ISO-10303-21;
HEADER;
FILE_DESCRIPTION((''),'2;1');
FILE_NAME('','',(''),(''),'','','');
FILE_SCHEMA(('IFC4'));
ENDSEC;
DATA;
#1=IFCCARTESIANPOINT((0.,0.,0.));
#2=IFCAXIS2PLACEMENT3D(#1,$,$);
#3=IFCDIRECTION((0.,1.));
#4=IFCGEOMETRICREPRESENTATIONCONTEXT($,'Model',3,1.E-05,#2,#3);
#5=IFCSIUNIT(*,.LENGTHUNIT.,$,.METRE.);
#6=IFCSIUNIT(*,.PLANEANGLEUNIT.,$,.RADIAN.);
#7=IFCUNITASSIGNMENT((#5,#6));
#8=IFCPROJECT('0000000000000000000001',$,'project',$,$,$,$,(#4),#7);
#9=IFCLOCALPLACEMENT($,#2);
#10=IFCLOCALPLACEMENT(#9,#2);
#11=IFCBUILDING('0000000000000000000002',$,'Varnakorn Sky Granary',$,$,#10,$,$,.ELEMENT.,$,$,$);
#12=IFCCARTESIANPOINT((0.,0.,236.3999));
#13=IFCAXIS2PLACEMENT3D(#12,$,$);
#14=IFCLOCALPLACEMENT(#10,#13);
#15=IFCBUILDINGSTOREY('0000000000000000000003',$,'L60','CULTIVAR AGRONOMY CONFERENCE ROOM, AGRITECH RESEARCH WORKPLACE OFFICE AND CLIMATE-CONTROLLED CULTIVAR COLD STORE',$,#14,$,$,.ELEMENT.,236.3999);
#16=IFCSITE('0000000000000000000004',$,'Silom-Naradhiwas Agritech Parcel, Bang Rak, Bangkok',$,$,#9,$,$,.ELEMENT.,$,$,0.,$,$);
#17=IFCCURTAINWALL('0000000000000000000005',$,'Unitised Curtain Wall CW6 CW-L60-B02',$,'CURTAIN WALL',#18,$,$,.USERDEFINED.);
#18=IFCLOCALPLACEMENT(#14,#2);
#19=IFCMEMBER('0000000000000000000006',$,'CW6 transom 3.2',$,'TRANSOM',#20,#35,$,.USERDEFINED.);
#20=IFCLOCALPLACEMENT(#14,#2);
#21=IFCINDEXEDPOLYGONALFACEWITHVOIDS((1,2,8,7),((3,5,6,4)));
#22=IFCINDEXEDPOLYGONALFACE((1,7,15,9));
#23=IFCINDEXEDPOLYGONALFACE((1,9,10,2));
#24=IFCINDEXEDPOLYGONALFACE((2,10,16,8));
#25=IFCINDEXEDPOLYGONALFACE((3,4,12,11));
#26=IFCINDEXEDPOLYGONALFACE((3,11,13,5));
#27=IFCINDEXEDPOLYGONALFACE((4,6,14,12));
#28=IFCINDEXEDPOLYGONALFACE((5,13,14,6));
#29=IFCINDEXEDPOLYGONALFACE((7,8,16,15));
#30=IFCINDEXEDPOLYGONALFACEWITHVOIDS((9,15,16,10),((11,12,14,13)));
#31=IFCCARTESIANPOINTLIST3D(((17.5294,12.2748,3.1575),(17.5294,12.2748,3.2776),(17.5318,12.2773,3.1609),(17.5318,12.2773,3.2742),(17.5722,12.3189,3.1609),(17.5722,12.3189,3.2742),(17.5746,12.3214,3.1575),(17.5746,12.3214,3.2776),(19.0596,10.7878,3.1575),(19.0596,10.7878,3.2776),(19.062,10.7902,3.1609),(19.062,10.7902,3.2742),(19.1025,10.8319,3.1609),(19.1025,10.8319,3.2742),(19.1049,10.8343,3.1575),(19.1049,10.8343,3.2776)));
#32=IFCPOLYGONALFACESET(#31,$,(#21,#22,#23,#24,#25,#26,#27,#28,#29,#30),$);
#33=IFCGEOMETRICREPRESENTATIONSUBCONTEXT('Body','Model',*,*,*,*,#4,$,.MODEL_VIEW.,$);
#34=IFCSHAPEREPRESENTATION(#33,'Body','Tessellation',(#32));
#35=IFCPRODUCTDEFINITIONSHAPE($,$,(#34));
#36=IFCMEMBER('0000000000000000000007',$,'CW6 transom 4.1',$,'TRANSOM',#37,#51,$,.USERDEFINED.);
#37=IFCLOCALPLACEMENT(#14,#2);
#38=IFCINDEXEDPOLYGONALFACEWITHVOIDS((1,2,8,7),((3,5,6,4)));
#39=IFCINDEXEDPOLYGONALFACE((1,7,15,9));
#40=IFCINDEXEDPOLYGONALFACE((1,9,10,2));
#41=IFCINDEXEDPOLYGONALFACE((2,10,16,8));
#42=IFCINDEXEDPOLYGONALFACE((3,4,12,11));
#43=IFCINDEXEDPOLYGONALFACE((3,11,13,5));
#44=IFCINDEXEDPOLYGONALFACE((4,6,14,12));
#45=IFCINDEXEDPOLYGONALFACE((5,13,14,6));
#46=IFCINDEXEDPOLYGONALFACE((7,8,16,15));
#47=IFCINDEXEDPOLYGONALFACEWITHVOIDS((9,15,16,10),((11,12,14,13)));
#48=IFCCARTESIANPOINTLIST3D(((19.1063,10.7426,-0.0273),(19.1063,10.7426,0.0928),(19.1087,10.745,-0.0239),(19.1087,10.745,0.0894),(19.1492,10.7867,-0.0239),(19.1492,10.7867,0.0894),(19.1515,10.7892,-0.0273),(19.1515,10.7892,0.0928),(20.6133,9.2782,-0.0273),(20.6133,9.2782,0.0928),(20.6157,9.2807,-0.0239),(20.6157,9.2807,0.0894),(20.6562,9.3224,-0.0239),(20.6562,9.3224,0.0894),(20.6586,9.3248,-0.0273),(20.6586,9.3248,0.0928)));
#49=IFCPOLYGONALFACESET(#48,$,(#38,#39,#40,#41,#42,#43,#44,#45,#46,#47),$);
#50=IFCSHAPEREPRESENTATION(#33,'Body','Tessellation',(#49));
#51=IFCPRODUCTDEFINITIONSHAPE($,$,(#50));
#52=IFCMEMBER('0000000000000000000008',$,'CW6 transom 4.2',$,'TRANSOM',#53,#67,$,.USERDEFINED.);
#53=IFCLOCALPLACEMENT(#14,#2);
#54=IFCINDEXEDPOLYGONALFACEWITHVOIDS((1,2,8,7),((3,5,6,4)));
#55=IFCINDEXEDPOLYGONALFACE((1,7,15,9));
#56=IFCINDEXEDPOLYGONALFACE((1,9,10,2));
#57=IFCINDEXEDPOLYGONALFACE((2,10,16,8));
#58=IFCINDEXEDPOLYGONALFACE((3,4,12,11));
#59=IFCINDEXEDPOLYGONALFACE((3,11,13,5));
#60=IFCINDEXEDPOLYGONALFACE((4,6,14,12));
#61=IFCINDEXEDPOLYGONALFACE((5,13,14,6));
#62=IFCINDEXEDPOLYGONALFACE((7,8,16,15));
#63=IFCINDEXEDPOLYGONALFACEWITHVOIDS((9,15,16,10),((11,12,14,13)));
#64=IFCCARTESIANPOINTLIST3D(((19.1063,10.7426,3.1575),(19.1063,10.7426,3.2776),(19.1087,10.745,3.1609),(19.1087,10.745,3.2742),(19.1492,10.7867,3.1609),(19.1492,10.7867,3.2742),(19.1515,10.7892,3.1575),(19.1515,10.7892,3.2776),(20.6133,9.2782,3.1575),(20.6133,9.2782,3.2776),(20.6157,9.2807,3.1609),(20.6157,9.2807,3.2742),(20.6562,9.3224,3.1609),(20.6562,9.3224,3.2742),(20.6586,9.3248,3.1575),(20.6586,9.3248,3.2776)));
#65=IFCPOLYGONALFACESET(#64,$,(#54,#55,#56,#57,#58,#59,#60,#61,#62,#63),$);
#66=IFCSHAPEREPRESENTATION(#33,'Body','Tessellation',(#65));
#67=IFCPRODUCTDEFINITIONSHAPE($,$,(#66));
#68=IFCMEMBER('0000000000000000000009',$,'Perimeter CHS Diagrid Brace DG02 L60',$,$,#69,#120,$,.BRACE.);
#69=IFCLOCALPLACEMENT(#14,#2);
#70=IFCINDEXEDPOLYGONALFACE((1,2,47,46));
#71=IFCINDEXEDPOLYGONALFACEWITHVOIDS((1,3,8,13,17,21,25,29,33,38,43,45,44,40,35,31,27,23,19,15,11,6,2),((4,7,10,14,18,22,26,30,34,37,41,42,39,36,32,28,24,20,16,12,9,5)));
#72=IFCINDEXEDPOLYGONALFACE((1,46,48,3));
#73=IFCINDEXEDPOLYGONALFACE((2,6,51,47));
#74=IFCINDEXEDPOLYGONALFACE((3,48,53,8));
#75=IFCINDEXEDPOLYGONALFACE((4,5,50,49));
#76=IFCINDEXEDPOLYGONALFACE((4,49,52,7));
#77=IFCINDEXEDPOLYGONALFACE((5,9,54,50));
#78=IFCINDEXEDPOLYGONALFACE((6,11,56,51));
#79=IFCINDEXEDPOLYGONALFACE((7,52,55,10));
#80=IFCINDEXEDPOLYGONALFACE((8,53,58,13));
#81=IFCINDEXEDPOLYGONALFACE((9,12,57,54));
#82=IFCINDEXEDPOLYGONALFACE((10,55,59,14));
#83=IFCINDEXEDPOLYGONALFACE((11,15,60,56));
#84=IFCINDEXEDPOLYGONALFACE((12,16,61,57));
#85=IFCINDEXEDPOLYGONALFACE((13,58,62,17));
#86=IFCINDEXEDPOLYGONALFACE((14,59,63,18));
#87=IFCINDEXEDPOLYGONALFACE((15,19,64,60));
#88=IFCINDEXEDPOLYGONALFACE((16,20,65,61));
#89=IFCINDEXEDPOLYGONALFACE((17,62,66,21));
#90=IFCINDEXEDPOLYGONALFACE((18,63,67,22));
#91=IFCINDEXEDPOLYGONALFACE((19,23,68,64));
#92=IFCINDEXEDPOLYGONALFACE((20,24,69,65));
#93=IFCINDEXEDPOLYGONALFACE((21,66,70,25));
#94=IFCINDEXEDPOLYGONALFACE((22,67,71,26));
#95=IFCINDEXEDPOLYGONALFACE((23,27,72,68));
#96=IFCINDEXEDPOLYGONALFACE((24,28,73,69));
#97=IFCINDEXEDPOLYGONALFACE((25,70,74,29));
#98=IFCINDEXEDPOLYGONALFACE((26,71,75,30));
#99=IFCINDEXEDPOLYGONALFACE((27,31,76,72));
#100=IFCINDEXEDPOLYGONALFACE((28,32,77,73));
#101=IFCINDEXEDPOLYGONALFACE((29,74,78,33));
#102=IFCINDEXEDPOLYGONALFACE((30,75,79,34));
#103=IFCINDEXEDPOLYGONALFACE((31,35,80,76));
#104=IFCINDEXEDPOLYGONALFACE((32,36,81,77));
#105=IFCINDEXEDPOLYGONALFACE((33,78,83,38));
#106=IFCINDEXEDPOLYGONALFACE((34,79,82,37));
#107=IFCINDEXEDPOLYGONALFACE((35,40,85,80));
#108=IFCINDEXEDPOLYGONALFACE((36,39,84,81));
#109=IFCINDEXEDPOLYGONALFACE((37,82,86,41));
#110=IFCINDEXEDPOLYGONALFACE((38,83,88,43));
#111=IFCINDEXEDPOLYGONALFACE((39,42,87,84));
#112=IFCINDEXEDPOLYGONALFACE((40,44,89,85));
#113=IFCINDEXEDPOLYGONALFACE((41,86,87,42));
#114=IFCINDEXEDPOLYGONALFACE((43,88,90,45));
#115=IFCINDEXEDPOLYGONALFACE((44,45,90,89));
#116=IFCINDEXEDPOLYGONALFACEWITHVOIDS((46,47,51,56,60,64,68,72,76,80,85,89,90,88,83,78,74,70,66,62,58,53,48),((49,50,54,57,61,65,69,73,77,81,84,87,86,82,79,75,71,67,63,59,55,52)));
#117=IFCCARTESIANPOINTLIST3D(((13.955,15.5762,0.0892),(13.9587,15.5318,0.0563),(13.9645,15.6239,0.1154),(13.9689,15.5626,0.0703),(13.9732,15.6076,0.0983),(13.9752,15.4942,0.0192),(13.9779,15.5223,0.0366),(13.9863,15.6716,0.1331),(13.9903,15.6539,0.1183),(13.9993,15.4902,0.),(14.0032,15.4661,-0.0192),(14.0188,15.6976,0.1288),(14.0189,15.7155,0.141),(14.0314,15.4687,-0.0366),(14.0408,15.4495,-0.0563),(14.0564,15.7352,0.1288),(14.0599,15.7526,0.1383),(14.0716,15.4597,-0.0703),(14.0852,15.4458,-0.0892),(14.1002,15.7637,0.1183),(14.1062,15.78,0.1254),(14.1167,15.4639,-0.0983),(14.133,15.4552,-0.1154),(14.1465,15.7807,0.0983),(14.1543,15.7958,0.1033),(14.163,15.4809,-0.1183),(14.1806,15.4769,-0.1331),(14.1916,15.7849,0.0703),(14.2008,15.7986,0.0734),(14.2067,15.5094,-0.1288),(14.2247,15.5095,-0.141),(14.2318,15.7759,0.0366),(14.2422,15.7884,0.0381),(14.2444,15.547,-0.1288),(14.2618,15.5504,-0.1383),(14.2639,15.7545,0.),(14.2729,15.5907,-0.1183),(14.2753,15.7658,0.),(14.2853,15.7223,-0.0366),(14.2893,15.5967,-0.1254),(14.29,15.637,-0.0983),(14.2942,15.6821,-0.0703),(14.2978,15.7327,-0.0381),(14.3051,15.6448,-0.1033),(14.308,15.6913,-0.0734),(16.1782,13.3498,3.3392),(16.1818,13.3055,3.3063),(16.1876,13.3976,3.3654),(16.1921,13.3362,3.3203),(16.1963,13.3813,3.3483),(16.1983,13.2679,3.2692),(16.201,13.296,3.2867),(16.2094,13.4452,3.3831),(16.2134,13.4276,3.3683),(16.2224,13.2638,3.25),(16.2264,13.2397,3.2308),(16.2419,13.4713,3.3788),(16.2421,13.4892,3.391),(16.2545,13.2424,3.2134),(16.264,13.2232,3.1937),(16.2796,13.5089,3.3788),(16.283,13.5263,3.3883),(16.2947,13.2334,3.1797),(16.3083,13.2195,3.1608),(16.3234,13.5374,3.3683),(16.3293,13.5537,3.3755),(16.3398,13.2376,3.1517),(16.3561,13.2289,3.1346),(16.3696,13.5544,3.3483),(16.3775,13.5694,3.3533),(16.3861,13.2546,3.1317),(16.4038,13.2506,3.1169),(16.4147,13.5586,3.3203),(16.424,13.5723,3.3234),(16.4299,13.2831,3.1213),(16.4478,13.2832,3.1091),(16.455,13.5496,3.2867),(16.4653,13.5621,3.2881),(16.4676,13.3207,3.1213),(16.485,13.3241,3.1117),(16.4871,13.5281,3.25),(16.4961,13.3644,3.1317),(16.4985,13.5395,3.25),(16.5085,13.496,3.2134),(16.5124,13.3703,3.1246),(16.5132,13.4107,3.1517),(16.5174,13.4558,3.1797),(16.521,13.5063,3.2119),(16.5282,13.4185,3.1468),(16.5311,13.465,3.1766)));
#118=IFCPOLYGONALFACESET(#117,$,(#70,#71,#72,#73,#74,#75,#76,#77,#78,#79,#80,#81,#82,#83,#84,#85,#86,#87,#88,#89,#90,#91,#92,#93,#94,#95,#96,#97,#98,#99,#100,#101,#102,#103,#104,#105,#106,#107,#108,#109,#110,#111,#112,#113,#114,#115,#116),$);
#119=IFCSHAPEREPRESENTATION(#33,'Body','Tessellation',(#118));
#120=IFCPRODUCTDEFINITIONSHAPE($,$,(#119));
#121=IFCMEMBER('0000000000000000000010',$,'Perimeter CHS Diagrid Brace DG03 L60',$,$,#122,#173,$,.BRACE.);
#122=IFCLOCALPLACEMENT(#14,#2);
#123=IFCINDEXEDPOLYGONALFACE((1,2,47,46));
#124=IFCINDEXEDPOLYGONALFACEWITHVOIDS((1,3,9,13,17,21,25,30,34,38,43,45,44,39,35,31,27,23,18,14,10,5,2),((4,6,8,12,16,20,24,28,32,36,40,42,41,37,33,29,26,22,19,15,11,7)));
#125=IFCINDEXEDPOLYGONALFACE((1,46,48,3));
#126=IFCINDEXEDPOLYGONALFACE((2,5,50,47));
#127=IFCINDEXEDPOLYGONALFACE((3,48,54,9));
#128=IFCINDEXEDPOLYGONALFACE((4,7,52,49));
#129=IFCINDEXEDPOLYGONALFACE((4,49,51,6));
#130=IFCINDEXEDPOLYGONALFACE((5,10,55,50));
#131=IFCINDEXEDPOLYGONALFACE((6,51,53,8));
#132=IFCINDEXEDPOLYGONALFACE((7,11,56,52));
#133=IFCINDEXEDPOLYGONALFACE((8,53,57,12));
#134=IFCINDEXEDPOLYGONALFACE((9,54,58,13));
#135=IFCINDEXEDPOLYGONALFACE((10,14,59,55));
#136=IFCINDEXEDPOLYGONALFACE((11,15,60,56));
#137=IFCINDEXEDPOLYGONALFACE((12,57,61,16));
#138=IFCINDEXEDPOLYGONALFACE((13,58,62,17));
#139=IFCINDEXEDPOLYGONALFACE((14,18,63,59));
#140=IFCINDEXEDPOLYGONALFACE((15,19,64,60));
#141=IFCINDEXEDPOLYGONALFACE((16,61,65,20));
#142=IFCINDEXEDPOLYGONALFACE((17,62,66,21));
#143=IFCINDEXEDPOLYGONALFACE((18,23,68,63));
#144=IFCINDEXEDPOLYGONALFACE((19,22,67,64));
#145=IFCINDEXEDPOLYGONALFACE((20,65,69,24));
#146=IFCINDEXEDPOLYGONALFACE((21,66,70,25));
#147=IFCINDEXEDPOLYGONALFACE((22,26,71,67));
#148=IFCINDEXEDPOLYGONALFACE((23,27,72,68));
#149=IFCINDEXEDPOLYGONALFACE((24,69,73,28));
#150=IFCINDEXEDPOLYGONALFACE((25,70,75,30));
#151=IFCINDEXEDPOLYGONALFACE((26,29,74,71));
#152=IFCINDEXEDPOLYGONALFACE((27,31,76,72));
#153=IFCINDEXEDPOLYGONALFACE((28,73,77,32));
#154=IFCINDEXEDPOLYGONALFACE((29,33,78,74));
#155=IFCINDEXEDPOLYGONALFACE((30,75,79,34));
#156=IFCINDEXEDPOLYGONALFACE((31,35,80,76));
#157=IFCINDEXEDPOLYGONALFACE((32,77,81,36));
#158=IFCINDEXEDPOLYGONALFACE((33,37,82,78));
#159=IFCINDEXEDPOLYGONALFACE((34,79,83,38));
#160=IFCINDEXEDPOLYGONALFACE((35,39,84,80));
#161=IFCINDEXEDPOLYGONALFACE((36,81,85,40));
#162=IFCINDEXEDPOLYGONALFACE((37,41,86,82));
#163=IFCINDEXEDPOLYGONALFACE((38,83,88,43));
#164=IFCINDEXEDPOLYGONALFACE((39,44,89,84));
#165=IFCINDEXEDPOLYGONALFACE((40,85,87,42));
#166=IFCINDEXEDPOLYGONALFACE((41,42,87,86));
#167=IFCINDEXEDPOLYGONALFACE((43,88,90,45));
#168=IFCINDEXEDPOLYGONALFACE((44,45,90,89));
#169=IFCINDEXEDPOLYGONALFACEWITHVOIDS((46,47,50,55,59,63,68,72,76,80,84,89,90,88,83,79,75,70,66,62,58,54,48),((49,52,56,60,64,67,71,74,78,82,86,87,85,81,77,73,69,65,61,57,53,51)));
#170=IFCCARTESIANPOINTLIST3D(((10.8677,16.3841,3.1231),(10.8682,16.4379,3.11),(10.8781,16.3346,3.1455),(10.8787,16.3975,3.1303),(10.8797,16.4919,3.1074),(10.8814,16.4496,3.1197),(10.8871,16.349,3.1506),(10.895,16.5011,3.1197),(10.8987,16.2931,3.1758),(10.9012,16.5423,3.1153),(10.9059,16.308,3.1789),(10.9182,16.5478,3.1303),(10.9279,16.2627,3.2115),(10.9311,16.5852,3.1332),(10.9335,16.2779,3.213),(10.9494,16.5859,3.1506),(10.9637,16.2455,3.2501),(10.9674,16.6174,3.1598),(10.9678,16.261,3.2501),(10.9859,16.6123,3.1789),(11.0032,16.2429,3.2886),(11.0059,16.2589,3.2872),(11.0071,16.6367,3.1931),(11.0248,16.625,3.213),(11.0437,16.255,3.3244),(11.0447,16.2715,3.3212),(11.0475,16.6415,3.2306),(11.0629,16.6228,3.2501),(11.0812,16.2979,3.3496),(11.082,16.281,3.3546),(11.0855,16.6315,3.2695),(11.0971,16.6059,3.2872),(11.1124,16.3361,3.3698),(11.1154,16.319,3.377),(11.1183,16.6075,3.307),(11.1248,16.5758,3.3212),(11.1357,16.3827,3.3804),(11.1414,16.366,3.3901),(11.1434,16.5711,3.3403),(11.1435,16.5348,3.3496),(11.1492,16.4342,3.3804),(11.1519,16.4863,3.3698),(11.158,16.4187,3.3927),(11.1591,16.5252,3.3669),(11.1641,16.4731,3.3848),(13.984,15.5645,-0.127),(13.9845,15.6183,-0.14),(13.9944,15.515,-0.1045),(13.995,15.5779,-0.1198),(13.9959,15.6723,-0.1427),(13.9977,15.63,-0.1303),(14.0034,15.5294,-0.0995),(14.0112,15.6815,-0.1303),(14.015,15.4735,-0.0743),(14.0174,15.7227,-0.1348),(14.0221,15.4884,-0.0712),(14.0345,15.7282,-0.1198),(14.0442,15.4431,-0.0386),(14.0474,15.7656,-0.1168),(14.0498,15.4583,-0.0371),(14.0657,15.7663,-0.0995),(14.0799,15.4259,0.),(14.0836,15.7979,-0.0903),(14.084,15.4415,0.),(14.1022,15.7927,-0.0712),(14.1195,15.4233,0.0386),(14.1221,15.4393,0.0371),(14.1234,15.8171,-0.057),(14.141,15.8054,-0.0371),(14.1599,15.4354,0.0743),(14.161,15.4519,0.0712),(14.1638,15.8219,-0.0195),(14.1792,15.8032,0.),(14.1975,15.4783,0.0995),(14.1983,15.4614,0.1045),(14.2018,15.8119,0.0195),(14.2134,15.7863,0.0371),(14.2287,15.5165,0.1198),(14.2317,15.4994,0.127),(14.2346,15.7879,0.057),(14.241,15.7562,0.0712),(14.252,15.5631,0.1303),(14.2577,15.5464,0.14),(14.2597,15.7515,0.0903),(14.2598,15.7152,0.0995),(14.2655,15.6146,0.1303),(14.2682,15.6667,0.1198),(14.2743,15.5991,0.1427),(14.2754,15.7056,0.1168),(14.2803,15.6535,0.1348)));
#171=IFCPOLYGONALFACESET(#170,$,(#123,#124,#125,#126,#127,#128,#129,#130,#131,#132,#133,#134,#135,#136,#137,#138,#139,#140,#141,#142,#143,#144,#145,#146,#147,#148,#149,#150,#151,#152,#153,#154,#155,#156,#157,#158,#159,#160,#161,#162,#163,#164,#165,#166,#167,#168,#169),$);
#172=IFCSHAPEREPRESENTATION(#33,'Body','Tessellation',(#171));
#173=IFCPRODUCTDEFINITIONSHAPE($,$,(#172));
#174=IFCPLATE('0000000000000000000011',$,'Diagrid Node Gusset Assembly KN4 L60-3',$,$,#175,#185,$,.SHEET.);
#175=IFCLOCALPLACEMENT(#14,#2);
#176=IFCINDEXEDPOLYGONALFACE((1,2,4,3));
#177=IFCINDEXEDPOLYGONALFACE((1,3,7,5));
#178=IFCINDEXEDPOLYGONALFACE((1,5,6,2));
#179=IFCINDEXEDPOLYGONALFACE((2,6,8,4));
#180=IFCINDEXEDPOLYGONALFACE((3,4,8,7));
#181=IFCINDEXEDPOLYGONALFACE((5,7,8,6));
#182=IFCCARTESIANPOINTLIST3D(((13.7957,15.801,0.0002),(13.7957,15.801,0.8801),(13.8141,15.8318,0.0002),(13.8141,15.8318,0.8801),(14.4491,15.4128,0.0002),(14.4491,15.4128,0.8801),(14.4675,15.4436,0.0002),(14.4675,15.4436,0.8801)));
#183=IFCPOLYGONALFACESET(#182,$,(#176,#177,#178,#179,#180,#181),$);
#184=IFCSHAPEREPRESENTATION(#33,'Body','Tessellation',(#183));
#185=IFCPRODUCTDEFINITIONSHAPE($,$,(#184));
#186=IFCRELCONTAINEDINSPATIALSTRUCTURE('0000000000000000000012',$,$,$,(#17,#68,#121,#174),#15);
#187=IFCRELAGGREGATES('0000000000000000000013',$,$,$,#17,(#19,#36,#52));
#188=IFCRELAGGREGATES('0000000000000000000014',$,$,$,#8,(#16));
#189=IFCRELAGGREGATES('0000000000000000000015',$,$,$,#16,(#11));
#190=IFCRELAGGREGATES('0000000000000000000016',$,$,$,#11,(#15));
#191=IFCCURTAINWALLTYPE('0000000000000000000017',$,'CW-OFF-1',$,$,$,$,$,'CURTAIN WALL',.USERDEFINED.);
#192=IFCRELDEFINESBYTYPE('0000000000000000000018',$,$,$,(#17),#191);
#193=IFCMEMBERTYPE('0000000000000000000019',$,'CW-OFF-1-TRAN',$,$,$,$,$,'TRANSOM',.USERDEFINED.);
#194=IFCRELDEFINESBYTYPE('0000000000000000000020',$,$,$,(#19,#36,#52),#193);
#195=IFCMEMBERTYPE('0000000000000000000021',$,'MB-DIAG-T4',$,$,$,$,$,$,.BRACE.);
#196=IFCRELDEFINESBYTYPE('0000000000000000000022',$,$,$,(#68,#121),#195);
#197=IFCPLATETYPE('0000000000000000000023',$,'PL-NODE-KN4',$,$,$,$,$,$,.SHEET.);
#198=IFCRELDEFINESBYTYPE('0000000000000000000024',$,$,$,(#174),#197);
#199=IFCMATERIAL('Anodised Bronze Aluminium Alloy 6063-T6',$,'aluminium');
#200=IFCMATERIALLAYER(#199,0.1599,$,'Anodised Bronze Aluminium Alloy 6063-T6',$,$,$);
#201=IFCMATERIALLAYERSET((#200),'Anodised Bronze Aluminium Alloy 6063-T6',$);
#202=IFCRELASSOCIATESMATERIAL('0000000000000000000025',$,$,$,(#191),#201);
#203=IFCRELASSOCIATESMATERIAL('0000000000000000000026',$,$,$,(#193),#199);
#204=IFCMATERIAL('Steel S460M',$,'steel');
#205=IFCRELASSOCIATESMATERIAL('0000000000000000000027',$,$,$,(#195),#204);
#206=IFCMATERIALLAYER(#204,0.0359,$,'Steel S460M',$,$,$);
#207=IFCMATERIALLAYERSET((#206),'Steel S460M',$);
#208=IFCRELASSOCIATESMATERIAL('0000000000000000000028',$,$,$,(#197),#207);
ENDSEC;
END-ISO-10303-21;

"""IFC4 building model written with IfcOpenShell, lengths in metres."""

from ifc_helpers import new_model, si_unit, direction, frame, origin, origin_2d, place, context, subcontext, project, spatial, rectangle, hollow_rectangle, hollow_circle, extrude, material, layer, layer_set, material_profile, profile_set, type_object, element, aggregate, save


model = new_model("IFC4")

# Units and contexts
model_context = context("Model", 3, precision=1e-05, world=origin(), true_north=direction((0.0, 1.0)))
body_context = subcontext(model_context, "Body", "Model", "MODEL_VIEW")
ifc_project = project(units=[si_unit("LENGTHUNIT", "METRE"), si_unit("PLANEANGLEUNIT", "RADIAN")], contexts=[model_context])

# Site, building, storey
site_placement = place(None, origin())
site = spatial("IfcSite", under=ifc_project, at=site_placement, Name="Silom-Naradhiwas Agritech Parcel, Bang Rak, Bangkok", CompositionType="ELEMENT", RefElevation=0.0)
building_placement = place(site_placement, origin())
building = spatial("IfcBuilding", under=site, at=building_placement, Name="Varnakorn Sky Granary", CompositionType="ELEMENT")
storey_placement = place(building_placement, frame((0.0, 0.0, 236.3999)))
storey = spatial("IfcBuildingStorey", under=building, at=storey_placement, Name="L60", Description="CULTIVAR AGRONOMY CONFERENCE ROOM, AGRITECH RESEARCH WORKPLACE OFFICE AND CLIMATE-CONTROLLED CULTIVAR COLD STORE", CompositionType="ELEMENT", Elevation=236.3999)

# Curtain wall, members
ifc_material_1 = material(Name="Anodised Bronze Aluminium Alloy 6063-T6", Category="aluminium")
ifc_layer_1 = layer(ifc_material_1, 0.1599, Name="Anodised Bronze Aluminium Alloy 6063-T6")
ifc_layer_set_1 = layer_set([ifc_layer_1], Name="Anodised Bronze Aluminium Alloy 6063-T6")
curtain_wall_type = type_object("IfcCurtainWallType", Name="CW-OFF-1", ElementType="CURTAIN WALL", PredefinedType="USERDEFINED", material=ifc_layer_set_1)
curtain_wall_placement = place(storey_placement, origin())
curtain_wall = element("IfcCurtainWall", 1, at=curtain_wall_placement, inside=storey, type_object=curtain_wall_type, Name="Unitised Curtain Wall CW6 CW-L60-B02", ObjectType="CURTAIN WALL", PredefinedType="USERDEFINED")
ifc_material_profile_1 = material_profile(ifc_material_1, hollow_rectangle(XDim=0.0649, YDim=0.1201, WallThickness=0.0034, at=origin_2d()), Name="ALU TRAN 65x120")
ifc_profile_set_1 = profile_set([ifc_material_profile_1], Name="Anodised Bronze Aluminium Alloy 6063-T6")
member_type_1 = type_object("IfcMemberType", Name="CW-OFF-1-TRAN", ElementType="TRANSOM", PredefinedType="USERDEFINED", material=ifc_profile_set_1)
member_1_placement = place(storey_placement, frame((17.552, 12.2981, 3.2175), z_axis=(0.71716, -0.696908, 0.0), x_axis=(0.696908, 0.71716, 0.0)))
member_1 = element("IfcMember", 2, at=member_1_placement, type_object=member_type_1, Name="CW6 transom 3.2", ObjectType="TRANSOM", PredefinedType="USERDEFINED", context=body_context, shape_type="SweptSolid", body=[
    extrude(hollow_rectangle(XDim=0.0649, YDim=0.1201, WallThickness=0.0034, at=origin_2d()), origin(), (0.0, 0.0, 1.0), 2.1338),
])
member_2_placement = place(storey_placement, frame((19.1289, 10.7659, 0.0327), z_axis=(0.7172, -0.696868, 0.0), x_axis=(0.696868, 0.7172, 0.0)))
member_2 = element("IfcMember", 3, at=member_2_placement, type_object=member_type_1, Name="CW6 transom 4.1", ObjectType="TRANSOM", PredefinedType="USERDEFINED", context=body_context, shape_type="SweptSolid", body=[
    extrude(hollow_rectangle(XDim=0.0649, YDim=0.1201, WallThickness=0.0034, at=origin_2d()), origin(), (0.0, 0.0, 1.0), 2.1013),
])
member_3_placement = place(storey_placement, frame((19.1289, 10.7659, 3.2175), z_axis=(0.7172, -0.696868, 0.0), x_axis=(0.696868, 0.7172, 0.0)))
member_3 = element("IfcMember", 4, at=member_3_placement, type_object=member_type_1, Name="CW6 transom 4.2", ObjectType="TRANSOM", PredefinedType="USERDEFINED", context=body_context, shape_type="SweptSolid", body=[
    extrude(hollow_rectangle(XDim=0.0649, YDim=0.1201, WallThickness=0.0034, at=origin_2d()), origin(), (0.0, 0.0, 1.0), 2.1013),
])

# Members
ifc_material_2 = material(Name="Steel S460M", Category="steel")
ifc_material_profile_2 = material_profile(ifc_material_2, hollow_circle(Radius=0.2031, WallThickness=0.0161, at=origin_2d()), Name="CHS 406.4x16")
ifc_profile_set_2 = profile_set([ifc_material_profile_2], Name="Steel S460M")
member_type_2 = type_object("IfcMemberType", Name="MB-DIAG-T4", PredefinedType="BRACE", material=ifc_profile_set_2)
member_4_placement = place(storey_placement, frame((14.1316, 15.6223, 0.0), z_axis=(0.491474, -0.492175, 0.718482), x_axis=(0.707611, 0.706602, 0.0)))
element("IfcMember", 5, at=member_4_placement, inside=storey, type_object=member_type_2, Name="Perimeter CHS Diagrid Brace DG02 L60", PredefinedType="BRACE", context=body_context, shape_type="SweptSolid", body=[
    extrude(hollow_circle(Radius=0.2031, WallThickness=0.0161, at=origin_2d()), origin(), (0.0, 0.0, 1.0), 4.5234),
])
member_5_placement = place(storey_placement, frame((14.1316, 15.6223, 0.0), z_axis=(-0.680906, 0.179082, 0.710139), x_axis=(-0.254355, -0.967111, 0.0)))
element("IfcMember", 6, at=member_5_placement, inside=storey, type_object=member_type_2, Name="Perimeter CHS Diagrid Brace DG03 L60", PredefinedType="BRACE", context=body_context, shape_type="SweptSolid", body=[
    extrude(hollow_circle(Radius=0.2031, WallThickness=0.0161, at=origin_2d()), origin(), (0.0, 0.0, 1.0), 4.5767),
])

# Plate
ifc_layer_2 = layer(ifc_material_2, 0.0359, Name="Steel S460M")
ifc_layer_set_2 = layer_set([ifc_layer_2], Name="Steel S460M")
plate_type_1 = type_object("IfcPlateType", Name="PL-NODE-KN4", PredefinedType="SHEET", material=ifc_layer_set_2)
plate_1_placement = place(storey_placement, frame((14.1316, 15.6223, 0.0002), z_axis=(0.0, 0.0, 1.0), x_axis=(-0.859714, 0.510775, 0.0)))
element("IfcPlate", 7, at=plate_1_placement, inside=storey, type_object=plate_type_1, Name="Diagrid Node Gusset Assembly KN4 L60-3", PredefinedType="SHEET", context=body_context, shape_type="SweptSolid", body=[
    extrude(rectangle(XDim=0.76, YDim=0.0359, at=origin_2d()), origin(), (0.0, 0.0, 1.0), 0.8799),
])
aggregate(curtain_wall, [member_1, member_2, member_3])

save(model, "model.ifc")
